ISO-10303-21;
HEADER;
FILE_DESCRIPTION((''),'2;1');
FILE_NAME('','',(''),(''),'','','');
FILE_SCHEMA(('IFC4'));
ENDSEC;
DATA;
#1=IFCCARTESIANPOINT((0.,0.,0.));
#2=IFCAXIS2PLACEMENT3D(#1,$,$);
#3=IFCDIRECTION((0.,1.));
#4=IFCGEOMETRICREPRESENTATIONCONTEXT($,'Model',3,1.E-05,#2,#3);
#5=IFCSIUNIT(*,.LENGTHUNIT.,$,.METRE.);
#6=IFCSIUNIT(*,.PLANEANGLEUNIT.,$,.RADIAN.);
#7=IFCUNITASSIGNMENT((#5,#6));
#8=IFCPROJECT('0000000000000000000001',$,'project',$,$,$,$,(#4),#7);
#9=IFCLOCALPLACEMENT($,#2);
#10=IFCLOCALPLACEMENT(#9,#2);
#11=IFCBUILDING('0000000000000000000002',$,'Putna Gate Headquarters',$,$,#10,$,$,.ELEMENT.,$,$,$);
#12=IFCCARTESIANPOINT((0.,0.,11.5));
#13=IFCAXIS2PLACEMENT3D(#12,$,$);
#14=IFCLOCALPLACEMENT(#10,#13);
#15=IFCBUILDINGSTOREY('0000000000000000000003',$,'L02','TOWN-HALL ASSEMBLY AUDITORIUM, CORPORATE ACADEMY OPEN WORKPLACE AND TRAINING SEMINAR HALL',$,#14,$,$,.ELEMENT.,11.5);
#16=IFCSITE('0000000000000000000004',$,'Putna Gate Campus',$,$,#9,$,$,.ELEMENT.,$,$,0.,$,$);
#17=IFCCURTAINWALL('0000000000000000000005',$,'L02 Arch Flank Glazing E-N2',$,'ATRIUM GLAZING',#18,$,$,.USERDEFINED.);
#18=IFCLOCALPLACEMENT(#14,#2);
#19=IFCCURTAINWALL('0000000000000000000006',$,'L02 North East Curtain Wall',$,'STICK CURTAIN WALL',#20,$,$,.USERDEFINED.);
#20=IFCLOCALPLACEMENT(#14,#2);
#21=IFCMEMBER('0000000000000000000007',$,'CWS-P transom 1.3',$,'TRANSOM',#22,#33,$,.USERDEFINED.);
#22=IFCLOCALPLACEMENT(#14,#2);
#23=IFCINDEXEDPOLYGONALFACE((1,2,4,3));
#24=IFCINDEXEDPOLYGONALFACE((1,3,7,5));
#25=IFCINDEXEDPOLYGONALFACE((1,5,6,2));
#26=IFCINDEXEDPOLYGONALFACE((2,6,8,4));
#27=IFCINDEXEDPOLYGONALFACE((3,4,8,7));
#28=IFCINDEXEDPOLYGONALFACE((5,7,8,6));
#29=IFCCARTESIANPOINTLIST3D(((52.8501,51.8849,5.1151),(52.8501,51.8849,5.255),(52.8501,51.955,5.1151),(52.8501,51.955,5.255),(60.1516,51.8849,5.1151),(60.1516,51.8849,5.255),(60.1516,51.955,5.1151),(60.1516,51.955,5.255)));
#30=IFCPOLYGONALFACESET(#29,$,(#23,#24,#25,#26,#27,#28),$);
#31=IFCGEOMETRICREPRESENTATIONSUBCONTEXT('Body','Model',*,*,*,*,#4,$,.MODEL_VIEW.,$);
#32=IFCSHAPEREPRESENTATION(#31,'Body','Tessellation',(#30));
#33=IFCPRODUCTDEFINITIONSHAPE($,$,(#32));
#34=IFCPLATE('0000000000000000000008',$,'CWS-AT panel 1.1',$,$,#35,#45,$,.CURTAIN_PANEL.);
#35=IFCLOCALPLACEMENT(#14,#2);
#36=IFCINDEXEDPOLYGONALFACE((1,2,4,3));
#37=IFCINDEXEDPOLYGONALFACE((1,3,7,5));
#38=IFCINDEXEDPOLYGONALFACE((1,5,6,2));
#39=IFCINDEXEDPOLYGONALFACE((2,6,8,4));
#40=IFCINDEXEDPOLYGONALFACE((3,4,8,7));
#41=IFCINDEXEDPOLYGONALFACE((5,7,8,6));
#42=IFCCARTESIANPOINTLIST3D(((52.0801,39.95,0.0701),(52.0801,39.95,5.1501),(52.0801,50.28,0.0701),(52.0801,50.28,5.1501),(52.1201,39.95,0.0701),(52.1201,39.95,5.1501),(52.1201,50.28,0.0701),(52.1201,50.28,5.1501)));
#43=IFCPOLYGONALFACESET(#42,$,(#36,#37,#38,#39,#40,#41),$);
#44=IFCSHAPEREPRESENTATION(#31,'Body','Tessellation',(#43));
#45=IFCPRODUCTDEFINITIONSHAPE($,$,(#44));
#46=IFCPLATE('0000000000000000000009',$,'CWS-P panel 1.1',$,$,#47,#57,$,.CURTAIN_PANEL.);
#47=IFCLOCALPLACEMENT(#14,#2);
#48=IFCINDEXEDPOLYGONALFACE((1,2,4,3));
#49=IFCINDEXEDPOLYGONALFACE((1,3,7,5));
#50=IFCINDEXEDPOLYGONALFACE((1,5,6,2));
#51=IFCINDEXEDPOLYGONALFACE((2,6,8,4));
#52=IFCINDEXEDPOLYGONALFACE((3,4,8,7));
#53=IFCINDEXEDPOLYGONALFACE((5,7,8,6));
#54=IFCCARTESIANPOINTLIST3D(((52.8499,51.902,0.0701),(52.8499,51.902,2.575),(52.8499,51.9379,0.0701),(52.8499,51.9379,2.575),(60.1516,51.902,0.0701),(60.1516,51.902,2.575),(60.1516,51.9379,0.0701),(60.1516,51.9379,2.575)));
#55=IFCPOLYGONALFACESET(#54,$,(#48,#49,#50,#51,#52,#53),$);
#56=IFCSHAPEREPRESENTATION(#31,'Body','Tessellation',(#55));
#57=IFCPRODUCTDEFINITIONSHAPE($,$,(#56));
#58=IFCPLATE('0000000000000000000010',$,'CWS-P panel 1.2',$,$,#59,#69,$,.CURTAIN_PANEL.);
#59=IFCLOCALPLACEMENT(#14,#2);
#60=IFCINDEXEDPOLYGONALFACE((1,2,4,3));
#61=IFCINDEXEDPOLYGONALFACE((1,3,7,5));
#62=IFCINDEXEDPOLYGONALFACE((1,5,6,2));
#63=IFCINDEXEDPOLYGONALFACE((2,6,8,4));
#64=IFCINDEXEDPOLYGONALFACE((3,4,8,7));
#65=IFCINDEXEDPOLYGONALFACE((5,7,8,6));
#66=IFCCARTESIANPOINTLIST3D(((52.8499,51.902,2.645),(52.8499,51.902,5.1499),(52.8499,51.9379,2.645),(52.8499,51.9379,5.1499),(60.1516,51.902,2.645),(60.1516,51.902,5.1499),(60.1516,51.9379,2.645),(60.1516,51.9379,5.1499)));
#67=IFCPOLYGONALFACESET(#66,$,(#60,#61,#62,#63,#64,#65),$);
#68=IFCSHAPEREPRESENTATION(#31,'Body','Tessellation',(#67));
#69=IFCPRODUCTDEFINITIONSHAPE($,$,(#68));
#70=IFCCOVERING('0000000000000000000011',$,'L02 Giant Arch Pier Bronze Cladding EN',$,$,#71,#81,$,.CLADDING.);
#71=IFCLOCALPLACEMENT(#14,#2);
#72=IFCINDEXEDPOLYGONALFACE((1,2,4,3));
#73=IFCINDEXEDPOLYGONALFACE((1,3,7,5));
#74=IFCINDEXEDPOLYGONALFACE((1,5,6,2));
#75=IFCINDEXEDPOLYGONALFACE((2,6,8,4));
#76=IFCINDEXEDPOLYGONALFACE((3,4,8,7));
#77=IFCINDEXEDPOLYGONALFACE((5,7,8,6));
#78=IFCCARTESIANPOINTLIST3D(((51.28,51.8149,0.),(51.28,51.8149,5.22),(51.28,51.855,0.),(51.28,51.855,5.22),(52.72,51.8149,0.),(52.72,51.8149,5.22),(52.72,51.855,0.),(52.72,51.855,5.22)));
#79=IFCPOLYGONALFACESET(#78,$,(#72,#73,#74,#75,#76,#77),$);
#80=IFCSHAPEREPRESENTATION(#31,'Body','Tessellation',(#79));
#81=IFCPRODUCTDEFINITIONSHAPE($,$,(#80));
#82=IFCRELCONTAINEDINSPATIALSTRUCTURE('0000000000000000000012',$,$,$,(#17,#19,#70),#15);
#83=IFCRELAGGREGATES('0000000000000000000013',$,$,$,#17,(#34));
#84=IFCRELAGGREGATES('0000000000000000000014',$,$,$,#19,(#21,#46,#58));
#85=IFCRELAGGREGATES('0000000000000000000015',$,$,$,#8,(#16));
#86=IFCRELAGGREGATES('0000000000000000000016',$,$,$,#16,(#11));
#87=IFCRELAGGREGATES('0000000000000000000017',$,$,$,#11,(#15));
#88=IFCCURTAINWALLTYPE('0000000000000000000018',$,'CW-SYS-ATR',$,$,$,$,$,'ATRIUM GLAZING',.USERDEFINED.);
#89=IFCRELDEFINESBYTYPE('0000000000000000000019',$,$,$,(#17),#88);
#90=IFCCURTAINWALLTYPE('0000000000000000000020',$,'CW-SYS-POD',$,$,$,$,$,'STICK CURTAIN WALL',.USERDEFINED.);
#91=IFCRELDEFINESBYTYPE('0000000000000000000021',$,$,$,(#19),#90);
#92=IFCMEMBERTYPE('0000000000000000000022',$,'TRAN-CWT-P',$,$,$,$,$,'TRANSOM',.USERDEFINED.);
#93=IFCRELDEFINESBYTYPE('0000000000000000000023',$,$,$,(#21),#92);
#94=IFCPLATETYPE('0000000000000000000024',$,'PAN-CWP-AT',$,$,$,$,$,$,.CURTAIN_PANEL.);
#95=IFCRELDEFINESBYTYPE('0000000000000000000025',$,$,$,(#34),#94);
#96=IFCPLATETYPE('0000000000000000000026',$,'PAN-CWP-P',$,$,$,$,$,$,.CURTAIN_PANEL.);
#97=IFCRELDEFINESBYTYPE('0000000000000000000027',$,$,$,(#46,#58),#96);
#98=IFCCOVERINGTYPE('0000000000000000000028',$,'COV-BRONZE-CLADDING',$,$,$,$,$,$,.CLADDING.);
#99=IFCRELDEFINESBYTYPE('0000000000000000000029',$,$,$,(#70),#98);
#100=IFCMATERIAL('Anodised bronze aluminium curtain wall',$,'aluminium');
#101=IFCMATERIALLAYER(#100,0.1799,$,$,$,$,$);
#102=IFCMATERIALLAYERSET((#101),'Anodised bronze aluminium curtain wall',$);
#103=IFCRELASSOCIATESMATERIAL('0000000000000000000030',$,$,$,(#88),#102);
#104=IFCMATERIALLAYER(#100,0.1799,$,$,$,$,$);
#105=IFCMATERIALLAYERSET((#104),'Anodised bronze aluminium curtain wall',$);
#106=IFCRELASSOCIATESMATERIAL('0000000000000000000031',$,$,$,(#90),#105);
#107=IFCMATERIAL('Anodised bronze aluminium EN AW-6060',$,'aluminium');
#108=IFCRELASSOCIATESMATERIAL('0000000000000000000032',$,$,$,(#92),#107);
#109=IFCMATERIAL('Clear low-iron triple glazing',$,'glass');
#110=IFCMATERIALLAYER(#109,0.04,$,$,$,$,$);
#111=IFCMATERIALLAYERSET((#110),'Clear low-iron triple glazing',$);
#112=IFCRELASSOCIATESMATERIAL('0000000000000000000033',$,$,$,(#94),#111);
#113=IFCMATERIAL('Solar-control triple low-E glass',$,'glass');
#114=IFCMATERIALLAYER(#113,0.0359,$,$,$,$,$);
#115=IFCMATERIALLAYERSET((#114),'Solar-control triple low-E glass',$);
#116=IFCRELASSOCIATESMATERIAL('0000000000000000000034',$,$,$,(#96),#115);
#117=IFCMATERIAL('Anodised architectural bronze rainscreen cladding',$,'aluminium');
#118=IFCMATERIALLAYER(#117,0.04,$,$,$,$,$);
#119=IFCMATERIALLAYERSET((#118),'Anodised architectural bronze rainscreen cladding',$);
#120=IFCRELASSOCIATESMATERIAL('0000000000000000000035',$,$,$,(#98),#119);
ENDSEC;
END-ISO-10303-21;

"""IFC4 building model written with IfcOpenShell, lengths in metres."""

from ifc_helpers import new_model, si_unit, direction, frame, origin, origin_2d, place, context, subcontext, project, spatial, rectangle, extrude, material, layer, layer_set, material_profile, profile_set, type_object, element, aggregate, save


model = new_model("IFC4")

# Units and contexts
model_context = context("Model", 3, precision=1e-05, world=origin(), true_north=direction((0.0, 1.0)))
body_context = subcontext(model_context, "Body", "Model", "MODEL_VIEW")
ifc_project = project(units=[si_unit("LENGTHUNIT", "METRE"), si_unit("PLANEANGLEUNIT", "RADIAN")], contexts=[model_context])

# Site, building, storey
site_placement = place(None, origin())
site = spatial("IfcSite", under=ifc_project, at=site_placement, Name="Putna Gate Campus", CompositionType="ELEMENT", RefElevation=0.0)
building_placement = place(site_placement, origin())
building = spatial("IfcBuilding", under=site, at=building_placement, Name="Putna Gate Headquarters", CompositionType="ELEMENT")
storey_placement = place(building_placement, frame((0.0, 0.0, 11.5)))
storey = spatial("IfcBuildingStorey", under=building, at=storey_placement, Name="L02", Description="TOWN-HALL ASSEMBLY AUDITORIUM, CORPORATE ACADEMY OPEN WORKPLACE AND TRAINING SEMINAR HALL", CompositionType="ELEMENT", Elevation=11.5)

# Curtain wall
ifc_material_1 = material(Name="Anodised bronze aluminium curtain wall", Category="aluminium")
ifc_layer_1 = layer(ifc_material_1, 0.1799)
ifc_layer_set_1 = layer_set([ifc_layer_1], Name="Anodised bronze aluminium curtain wall")
curtain_wall_type_1 = type_object("IfcCurtainWallType", Name="CW-SYS-ATR", ElementType="ATRIUM GLAZING", PredefinedType="USERDEFINED", material=ifc_layer_set_1)
curtain_wall_1_placement = place(storey_placement, origin())
curtain_wall_1 = element("IfcCurtainWall", 1, at=curtain_wall_1_placement, inside=storey, type_object=curtain_wall_type_1, Name="L02 Arch Flank Glazing E-N2", ObjectType="ATRIUM GLAZING", PredefinedType="USERDEFINED")
ifc_material_2 = material(Name="Anodised bronze aluminium EN AW-6060", Category="aluminium")

# Curtain wall
ifc_layer_2 = layer(ifc_material_1, 0.1799)
ifc_layer_set_2 = layer_set([ifc_layer_2], Name="Anodised bronze aluminium curtain wall")
curtain_wall_type_2 = type_object("IfcCurtainWallType", Name="CW-SYS-POD", ElementType="STICK CURTAIN WALL", PredefinedType="USERDEFINED", material=ifc_layer_set_2)
curtain_wall_2_placement = place(storey_placement, origin())
curtain_wall_2 = element("IfcCurtainWall", 2, at=curtain_wall_2_placement, inside=storey, type_object=curtain_wall_type_2, Name="L02 North East Curtain Wall", ObjectType="STICK CURTAIN WALL", PredefinedType="USERDEFINED")

# Member
ifc_material_profile_1 = material_profile(ifc_material_2, rectangle(XDim=0.0701, YDim=0.1399, at=origin_2d()), Name="Anodised bronze aluminium EN AW-6060")
ifc_profile_set_1 = profile_set([ifc_material_profile_1], Name="Anodised bronze aluminium EN AW-6060")
member_type_1 = type_object("IfcMemberType", Name="TRAN-CWT-P", ElementType="TRANSOM", PredefinedType="USERDEFINED", material=ifc_profile_set_1)
member_1_placement = place(storey_placement, frame((52.8501, 51.9199, 5.1851), z_axis=(1.0, 0.0, 0.0), x_axis=(0.0, 1.0, 0.0)))
member_1 = element("IfcMember", 3, at=member_1_placement, type_object=member_type_1, Name="CWS-P transom 1.3", ObjectType="TRANSOM", PredefinedType="USERDEFINED", context=body_context, shape_type="SweptSolid", body=[
    extrude(rectangle(XDim=0.0701, YDim=0.1399, at=origin_2d()), origin(), (0.0, 0.0, 1.0), 7.3015),
])

# Plates
ifc_material_3 = material(Name="Clear low-iron triple glazing", Category="glass")
ifc_layer_3 = layer(ifc_material_3, 0.04)
ifc_layer_set_3 = layer_set([ifc_layer_3], Name="Clear low-iron triple glazing")
plate_type_1 = type_object("IfcPlateType", Name="PAN-CWP-AT", PredefinedType="CURTAIN_PANEL", material=ifc_layer_set_3)
plate_1_placement = place(storey_placement, frame((52.1001, 45.115, 0.0701), z_axis=(0.0, 0.0, 1.0), x_axis=(0.0, 1.0, 0.0)))
plate_1 = element("IfcPlate", 4, at=plate_1_placement, type_object=plate_type_1, Name="CWS-AT panel 1.1", PredefinedType="CURTAIN_PANEL", context=body_context, shape_type="SweptSolid", body=[
    extrude(rectangle(XDim=10.3301, YDim=0.04, at=origin_2d()), origin(), (0.0, 0.0, 1.0), 5.0801),
])
aggregate(curtain_wall_1, [plate_1])
ifc_material_4 = material(Name="Solar-control triple low-E glass", Category="glass")
ifc_layer_4 = layer(ifc_material_4, 0.0359)
ifc_layer_set_4 = layer_set([ifc_layer_4], Name="Solar-control triple low-E glass")
plate_type_2 = type_object("IfcPlateType", Name="PAN-CWP-P", PredefinedType="CURTAIN_PANEL", material=ifc_layer_set_4)
plate_2_placement = place(storey_placement, frame((56.5007, 51.9199, 0.0701), z_axis=(0.0, 0.0, 1.0), x_axis=(1.0, 0.0, 0.0)))
plate_2 = element("IfcPlate", 5, at=plate_2_placement, type_object=plate_type_2, Name="CWS-P panel 1.1", PredefinedType="CURTAIN_PANEL", context=body_context, shape_type="SweptSolid", body=[
    extrude(rectangle(XDim=7.3018, YDim=0.0359, at=origin_2d()), origin(), (0.0, 0.0, 1.0), 2.5049),
])
plate_3_placement = place(storey_placement, frame((56.5007, 51.9199, 2.645), z_axis=(0.0, 0.0, 1.0), x_axis=(1.0, 0.0, 0.0)))
plate_3 = element("IfcPlate", 6, at=plate_3_placement, type_object=plate_type_2, Name="CWS-P panel 1.2", PredefinedType="CURTAIN_PANEL", context=body_context, shape_type="SweptSolid", body=[
    extrude(rectangle(XDim=7.3018, YDim=0.0359, at=origin_2d()), origin(), (0.0, 0.0, 1.0), 2.5049),
])
aggregate(curtain_wall_2, [member_1, plate_2, plate_3])

# Covering
ifc_material_5 = material(Name="Anodised architectural bronze rainscreen cladding", Category="aluminium")
ifc_layer_5 = layer(ifc_material_5, 0.04)
ifc_layer_set_5 = layer_set([ifc_layer_5], Name="Anodised architectural bronze rainscreen cladding")
covering_type = type_object("IfcCoveringType", Name="COV-BRONZE-CLADDING", PredefinedType="CLADDING", material=ifc_layer_set_5)
covering_placement = place(storey_placement, frame((52.0, 51.835, 0.0), z_axis=(0.0, 0.0, 1.0), x_axis=(1.0, 0.0, 0.0)))
element("IfcCovering", 7, at=covering_placement, inside=storey, type_object=covering_type, Name="L02 Giant Arch Pier Bronze Cladding EN", PredefinedType="CLADDING", context=body_context, shape_type="SweptSolid", body=[
    extrude(rectangle(XDim=1.4399, YDim=0.04, at=origin_2d()), origin(), (0.0, 0.0, 1.0), 5.22),
])

save(model, "model.ifc")
